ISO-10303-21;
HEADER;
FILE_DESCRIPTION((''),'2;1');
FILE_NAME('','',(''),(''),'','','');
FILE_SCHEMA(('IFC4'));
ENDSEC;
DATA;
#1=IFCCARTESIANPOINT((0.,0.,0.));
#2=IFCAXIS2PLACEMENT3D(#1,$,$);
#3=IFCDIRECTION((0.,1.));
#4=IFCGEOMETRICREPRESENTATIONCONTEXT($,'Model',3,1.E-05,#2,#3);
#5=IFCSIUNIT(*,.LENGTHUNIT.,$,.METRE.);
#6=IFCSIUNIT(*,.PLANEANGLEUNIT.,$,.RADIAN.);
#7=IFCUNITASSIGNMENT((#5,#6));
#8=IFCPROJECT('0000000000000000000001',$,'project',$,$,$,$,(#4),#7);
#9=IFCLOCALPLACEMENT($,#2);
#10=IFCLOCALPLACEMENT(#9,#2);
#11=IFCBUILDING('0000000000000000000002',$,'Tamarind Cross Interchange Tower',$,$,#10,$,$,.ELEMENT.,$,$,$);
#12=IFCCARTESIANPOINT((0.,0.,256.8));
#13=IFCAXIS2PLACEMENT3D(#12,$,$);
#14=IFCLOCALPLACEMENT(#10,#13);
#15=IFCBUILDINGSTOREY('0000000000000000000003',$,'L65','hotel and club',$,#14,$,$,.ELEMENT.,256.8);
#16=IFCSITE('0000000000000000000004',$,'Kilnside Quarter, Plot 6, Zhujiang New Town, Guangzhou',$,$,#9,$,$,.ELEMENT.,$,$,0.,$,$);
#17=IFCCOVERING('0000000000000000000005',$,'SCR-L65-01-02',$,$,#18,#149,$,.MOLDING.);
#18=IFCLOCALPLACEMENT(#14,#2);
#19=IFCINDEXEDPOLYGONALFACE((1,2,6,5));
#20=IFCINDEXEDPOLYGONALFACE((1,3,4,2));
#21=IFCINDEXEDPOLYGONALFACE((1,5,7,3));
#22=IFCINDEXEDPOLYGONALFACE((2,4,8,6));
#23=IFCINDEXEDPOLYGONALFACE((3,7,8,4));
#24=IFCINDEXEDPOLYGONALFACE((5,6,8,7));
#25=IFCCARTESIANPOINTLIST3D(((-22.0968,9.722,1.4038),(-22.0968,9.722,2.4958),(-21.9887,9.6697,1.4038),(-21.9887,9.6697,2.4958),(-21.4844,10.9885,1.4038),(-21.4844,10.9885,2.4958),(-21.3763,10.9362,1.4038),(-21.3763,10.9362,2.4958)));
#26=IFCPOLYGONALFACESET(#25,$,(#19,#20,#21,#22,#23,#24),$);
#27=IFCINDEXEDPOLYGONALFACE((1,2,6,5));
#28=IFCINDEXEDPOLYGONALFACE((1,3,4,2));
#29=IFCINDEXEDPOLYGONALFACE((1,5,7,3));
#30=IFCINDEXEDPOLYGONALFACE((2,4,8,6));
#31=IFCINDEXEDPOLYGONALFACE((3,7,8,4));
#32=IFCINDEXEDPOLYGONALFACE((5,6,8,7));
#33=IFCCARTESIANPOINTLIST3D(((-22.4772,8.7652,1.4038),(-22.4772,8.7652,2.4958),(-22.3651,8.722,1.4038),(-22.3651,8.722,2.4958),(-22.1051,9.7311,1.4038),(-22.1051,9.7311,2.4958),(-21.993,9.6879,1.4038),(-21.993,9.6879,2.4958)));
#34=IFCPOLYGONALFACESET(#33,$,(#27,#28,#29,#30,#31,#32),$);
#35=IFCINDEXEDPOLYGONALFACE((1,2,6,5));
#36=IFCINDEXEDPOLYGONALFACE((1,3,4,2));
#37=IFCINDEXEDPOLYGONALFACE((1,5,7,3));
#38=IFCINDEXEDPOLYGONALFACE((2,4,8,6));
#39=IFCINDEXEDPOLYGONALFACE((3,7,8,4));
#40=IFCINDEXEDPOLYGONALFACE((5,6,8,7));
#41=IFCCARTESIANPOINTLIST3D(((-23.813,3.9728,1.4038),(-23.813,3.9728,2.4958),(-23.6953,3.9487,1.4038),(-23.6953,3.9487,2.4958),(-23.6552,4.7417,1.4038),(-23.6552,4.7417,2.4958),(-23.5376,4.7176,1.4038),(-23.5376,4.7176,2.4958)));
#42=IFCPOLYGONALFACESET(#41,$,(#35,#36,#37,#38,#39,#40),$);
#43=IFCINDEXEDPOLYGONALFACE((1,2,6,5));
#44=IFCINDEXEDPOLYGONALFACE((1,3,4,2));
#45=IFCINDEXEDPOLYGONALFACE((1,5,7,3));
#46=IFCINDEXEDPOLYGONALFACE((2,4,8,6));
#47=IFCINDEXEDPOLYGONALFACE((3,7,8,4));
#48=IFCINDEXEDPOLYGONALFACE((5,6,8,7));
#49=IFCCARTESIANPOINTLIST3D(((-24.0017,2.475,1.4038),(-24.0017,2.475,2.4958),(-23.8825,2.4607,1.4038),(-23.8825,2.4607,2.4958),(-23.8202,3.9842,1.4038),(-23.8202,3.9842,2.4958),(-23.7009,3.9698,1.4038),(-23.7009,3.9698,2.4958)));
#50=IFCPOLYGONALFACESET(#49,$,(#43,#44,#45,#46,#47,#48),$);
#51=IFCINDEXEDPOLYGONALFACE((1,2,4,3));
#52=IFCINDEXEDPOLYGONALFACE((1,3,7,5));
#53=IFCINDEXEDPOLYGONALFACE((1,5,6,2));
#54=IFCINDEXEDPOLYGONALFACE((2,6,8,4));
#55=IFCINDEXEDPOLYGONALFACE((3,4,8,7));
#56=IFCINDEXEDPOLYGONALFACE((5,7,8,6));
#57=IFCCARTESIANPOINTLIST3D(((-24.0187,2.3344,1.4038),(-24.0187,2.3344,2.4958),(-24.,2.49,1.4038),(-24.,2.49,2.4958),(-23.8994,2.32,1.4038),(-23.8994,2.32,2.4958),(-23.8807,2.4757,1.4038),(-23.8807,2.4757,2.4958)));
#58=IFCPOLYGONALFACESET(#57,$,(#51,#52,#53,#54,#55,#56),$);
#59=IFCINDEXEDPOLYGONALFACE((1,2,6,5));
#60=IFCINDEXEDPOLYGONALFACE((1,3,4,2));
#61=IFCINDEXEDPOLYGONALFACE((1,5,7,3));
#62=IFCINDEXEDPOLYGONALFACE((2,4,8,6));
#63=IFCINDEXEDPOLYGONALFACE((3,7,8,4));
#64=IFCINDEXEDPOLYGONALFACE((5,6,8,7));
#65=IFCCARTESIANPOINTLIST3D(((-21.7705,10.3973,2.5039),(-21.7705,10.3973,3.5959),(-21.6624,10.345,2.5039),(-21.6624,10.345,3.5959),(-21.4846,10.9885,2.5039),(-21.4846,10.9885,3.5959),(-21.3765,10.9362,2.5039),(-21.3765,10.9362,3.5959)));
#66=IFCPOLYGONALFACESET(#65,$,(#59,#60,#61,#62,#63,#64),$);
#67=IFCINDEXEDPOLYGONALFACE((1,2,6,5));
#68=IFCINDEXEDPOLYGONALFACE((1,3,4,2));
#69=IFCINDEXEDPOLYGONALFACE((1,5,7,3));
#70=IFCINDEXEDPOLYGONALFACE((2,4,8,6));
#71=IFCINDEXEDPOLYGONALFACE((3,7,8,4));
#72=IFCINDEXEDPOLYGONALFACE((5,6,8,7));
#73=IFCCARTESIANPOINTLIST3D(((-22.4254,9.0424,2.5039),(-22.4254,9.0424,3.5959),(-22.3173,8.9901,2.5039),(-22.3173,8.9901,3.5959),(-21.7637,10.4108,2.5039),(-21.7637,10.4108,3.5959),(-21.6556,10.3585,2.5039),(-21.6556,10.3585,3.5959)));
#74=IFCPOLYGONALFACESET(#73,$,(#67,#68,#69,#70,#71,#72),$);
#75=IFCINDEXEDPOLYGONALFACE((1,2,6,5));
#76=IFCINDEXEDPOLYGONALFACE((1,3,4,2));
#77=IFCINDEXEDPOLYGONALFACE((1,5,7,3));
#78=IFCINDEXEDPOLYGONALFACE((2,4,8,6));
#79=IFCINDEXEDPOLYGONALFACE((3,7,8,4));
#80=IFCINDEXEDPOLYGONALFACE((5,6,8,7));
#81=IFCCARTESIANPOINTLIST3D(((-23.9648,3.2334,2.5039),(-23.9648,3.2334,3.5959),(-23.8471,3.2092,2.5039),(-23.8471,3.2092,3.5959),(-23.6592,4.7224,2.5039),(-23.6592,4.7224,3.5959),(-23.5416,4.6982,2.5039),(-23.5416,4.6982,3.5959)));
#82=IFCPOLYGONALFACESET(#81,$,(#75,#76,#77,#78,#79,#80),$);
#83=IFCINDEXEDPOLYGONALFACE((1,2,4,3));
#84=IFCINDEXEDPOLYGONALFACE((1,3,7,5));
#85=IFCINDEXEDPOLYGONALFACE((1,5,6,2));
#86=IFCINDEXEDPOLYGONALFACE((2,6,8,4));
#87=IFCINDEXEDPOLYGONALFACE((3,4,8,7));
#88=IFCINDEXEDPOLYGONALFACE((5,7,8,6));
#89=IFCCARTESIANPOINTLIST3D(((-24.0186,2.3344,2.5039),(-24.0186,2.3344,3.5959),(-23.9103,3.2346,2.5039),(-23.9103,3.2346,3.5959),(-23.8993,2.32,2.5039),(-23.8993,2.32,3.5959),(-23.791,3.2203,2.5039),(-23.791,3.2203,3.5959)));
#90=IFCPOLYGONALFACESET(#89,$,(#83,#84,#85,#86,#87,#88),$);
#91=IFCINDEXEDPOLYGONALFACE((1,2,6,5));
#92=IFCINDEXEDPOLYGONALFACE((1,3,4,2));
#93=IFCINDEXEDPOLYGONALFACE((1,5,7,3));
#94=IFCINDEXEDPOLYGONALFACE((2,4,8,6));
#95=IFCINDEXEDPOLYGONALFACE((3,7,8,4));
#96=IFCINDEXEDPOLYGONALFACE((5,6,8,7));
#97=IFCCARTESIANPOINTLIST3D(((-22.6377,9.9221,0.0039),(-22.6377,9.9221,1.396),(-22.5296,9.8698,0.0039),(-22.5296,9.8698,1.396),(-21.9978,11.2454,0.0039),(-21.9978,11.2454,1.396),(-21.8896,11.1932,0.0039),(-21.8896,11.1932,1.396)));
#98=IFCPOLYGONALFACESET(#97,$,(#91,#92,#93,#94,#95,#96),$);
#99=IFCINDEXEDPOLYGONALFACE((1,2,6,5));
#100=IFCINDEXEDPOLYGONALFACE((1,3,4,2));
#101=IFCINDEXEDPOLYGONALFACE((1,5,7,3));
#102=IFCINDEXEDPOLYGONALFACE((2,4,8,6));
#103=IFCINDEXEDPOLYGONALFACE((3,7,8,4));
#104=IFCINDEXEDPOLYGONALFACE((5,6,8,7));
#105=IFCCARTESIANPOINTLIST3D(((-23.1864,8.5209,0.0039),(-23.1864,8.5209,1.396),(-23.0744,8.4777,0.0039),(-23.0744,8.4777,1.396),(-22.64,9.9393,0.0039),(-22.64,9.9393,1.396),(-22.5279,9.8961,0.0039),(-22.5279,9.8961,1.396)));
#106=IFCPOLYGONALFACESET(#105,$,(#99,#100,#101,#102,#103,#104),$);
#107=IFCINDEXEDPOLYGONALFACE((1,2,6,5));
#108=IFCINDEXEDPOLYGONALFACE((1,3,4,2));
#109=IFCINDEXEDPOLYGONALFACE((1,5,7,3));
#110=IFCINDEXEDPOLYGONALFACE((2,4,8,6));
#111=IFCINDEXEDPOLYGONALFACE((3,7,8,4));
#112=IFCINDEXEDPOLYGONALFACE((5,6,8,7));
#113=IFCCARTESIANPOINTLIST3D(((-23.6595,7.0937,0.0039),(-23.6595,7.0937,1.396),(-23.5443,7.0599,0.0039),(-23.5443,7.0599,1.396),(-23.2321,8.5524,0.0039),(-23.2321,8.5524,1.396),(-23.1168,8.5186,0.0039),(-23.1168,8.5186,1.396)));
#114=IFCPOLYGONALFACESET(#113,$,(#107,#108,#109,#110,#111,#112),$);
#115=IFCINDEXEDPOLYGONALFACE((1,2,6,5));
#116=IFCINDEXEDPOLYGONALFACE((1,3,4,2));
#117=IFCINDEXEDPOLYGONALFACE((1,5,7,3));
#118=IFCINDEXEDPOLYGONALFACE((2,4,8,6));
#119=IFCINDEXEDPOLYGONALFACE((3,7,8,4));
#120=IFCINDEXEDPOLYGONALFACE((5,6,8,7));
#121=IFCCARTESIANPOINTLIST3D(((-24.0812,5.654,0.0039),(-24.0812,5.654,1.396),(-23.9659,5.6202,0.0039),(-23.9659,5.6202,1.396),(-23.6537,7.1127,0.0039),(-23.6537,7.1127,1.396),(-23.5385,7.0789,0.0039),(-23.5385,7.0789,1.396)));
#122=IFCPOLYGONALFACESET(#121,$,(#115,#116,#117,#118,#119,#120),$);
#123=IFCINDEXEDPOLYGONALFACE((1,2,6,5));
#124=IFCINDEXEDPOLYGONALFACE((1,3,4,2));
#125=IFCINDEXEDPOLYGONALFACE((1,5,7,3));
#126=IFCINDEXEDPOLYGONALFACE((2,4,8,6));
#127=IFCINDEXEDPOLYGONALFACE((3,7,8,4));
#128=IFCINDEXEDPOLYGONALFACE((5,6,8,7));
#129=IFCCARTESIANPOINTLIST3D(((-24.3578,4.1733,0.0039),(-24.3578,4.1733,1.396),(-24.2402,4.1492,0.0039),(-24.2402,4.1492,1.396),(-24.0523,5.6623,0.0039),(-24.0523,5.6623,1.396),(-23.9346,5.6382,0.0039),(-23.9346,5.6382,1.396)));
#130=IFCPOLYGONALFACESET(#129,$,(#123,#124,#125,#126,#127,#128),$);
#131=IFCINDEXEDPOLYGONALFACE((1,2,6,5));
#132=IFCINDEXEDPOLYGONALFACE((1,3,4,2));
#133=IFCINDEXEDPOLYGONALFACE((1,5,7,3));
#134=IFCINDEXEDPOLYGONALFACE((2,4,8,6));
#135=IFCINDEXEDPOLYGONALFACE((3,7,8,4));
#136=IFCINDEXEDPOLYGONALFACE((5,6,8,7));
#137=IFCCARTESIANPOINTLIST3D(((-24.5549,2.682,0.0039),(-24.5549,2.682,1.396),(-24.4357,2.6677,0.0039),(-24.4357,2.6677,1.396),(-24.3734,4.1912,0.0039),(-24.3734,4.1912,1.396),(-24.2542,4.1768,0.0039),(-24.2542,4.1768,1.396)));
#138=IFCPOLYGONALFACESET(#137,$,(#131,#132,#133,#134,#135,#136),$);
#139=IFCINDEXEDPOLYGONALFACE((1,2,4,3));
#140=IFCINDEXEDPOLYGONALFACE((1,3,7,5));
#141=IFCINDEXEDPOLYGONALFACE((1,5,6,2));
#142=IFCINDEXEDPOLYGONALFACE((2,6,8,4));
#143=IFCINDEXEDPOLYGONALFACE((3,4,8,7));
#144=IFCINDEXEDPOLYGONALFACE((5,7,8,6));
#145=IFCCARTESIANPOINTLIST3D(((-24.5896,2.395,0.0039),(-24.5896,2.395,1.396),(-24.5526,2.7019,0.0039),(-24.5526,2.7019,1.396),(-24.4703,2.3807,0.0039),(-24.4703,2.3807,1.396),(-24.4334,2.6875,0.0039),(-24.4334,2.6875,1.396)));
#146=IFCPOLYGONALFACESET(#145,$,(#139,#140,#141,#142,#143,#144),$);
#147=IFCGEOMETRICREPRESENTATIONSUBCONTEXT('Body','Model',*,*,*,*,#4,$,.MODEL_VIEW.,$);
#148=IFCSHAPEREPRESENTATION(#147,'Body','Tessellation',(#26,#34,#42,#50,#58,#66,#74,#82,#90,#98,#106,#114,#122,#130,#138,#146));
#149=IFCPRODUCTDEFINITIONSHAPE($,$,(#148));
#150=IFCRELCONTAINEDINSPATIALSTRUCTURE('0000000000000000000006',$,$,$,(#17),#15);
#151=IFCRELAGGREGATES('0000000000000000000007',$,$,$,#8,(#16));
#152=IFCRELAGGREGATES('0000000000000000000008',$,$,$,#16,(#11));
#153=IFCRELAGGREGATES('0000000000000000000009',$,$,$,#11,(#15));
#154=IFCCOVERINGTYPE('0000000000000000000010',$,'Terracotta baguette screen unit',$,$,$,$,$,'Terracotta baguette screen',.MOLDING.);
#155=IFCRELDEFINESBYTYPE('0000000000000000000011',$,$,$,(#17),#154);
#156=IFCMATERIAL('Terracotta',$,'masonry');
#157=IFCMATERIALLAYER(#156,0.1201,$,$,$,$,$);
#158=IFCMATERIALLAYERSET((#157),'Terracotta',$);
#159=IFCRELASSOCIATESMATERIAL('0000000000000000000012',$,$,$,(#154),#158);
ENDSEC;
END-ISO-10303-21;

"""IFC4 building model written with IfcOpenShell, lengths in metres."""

from ifc_helpers import new_model, si_unit, direction, frame, origin, origin_2d, place, context, subcontext, project, spatial, rectangle, extrude, material, layer, layer_set, type_object, element, save


model = new_model("IFC4")

# Units and contexts
model_context = context("Model", 3, precision=1e-05, world=origin(), true_north=direction((0.0, 1.0)))
body_context = subcontext(model_context, "Body", "Model", "MODEL_VIEW")
ifc_project = project(units=[si_unit("LENGTHUNIT", "METRE"), si_unit("PLANEANGLEUNIT", "RADIAN")], contexts=[model_context])

# Site, building, storey
site_placement = place(None, origin())
site = spatial("IfcSite", under=ifc_project, at=site_placement, Name="Kilnside Quarter, Plot 6, Zhujiang New Town, Guangzhou", CompositionType="ELEMENT", RefElevation=0.0)
building_placement = place(site_placement, origin())
building = spatial("IfcBuilding", under=site, at=building_placement, Name="Tamarind Cross Interchange Tower", CompositionType="ELEMENT")
storey_placement = place(building_placement, frame((0.0, 0.0, 256.8)))
storey = spatial("IfcBuildingStorey", under=building, at=storey_placement, Name="L65", Description="hotel and club", CompositionType="ELEMENT", Elevation=256.8)

# Covering
ifc_material_1 = material(Name="Terracotta", Category="masonry")
ifc_layer_1 = layer(ifc_material_1, 0.1201)
ifc_layer_set_1 = layer_set([ifc_layer_1], Name="Terracotta")
covering_type = type_object("IfcCoveringType", Name="Terracotta baguette screen unit", ElementType="Terracotta baguette screen", PredefinedType="MOLDING", material=ifc_layer_set_1)
covering_1_placement = place(storey_placement, origin())
element("IfcCovering", 1, at=covering_1_placement, inside=storey, type_object=covering_type, Name="SCR-L65-01-02", PredefinedType="MOLDING", context=body_context, shape_type="SweptSolid", body=[
    extrude(rectangle(XDim=1.4067, YDim=0.1201, at=origin_2d()), frame((-21.7366, 10.3291, 1.4038), z_axis=(0.0, 0.0, 1.0), x_axis=(-0.435326, -0.900273, 0.0)), (0.0, 0.0, 1.0), 1.092),
    extrude(rectangle(XDim=1.0352, YDim=0.1201, at=origin_2d()), frame((-22.2351, 9.2266, 1.4038), z_axis=(0.0, 0.0, 1.0), x_axis=(-0.359495, -0.933147, 0.0)), (0.0, 0.0, 1.0), 1.092),
    extrude(rectangle(XDim=0.7849, YDim=0.1201, at=origin_2d()), frame((-23.6753, 4.3452, 1.4038), z_axis=(0.0, 0.0, 1.0), x_axis=(-0.201001, -0.979591, 0.0)), (0.0, 0.0, 1.0), 1.092),
    extrude(rectangle(XDim=1.52, YDim=0.1201, at=origin_2d()), frame((-23.8513, 3.2224, 1.4038), z_axis=(0.0, 0.0, 1.0), x_axis=(-0.119421, -0.992844, 0.0)), (0.0, 0.0, 1.0), 1.092),
    extrude(rectangle(XDim=0.1567, YDim=0.1201, at=origin_2d()), frame((-23.9497, 2.405, 1.4038), z_axis=(0.0, 0.0, 1.0), x_axis=(-0.119421, -0.992844, 0.0)), (0.0, 0.0, 1.0), 1.092),
    extrude(rectangle(XDim=0.6567, YDim=0.1201, at=origin_2d()), frame((-21.5735, 10.6667, 2.5039), z_axis=(0.0, 0.0, 1.0), x_axis=(-0.435326, -0.900273, 0.0)), (0.0, 0.0, 1.0), 1.092),
    extrude(rectangle(XDim=1.52, YDim=0.1201, at=origin_2d()), frame((-22.0405, 9.7004, 2.5039), z_axis=(0.0, 0.0, 1.0), x_axis=(-0.435326, -0.900273, 0.0)), (0.0, 0.0, 1.0), 1.092),
    extrude(rectangle(XDim=1.52, YDim=0.1201, at=origin_2d()), frame((-23.7532, 3.9658, 2.5039), z_axis=(0.0, 0.0, 1.0), x_axis=(-0.201001, -0.979591, 0.0)), (0.0, 0.0, 1.0), 1.092),
    extrude(rectangle(XDim=0.9067, YDim=0.1201, at=origin_2d()), frame((-23.9048, 2.7773, 2.5039), z_axis=(0.0, 0.0, 1.0), x_axis=(-0.119421, -0.992844, 0.0)), (0.0, 0.0, 1.0), 1.092),
    extrude(rectangle(XDim=1.47, YDim=0.1201, at=origin_2d()), frame((-22.2637, 10.5576, 0.0039), z_axis=(0.0, 0.0, 1.0), x_axis=(-0.435326, -0.900273, 0.0)), (0.0, 0.0, 1.0), 1.3921),
    extrude(rectangle(XDim=1.52, YDim=0.1201, at=origin_2d()), frame((-22.8572, 9.2085, 0.0039), z_axis=(0.0, 0.0, 1.0), x_axis=(-0.359495, -0.933147, 0.0)), (0.0, 0.0, 1.0), 1.3921),
    extrude(rectangle(XDim=1.52, YDim=0.1201, at=origin_2d()), frame((-23.3882, 7.8062, 0.0039), z_axis=(0.0, 0.0, 1.0), x_axis=(-0.281209, -0.959647, 0.0)), (0.0, 0.0, 1.0), 1.3921),
    extrude(rectangle(XDim=1.52, YDim=0.1201, at=origin_2d()), frame((-23.8098, 6.3665, 0.0039), z_axis=(0.0, 0.0, 1.0), x_axis=(-0.281209, -0.959647, 0.0)), (0.0, 0.0, 1.0), 1.3921),
    extrude(rectangle(XDim=1.52, YDim=0.1201, at=origin_2d()), frame((-24.1462, 4.9058, 0.0039), z_axis=(0.0, 0.0, 1.0), x_axis=(-0.201001, -0.979591, 0.0)), (0.0, 0.0, 1.0), 1.3921),
    extrude(rectangle(XDim=1.52, YDim=0.1201, at=origin_2d()), frame((-24.4045, 3.4294, 0.0039), z_axis=(0.0, 0.0, 1.0), x_axis=(-0.119421, -0.992844, 0.0)), (0.0, 0.0, 1.0), 1.3921),
    extrude(rectangle(XDim=0.3091, YDim=0.1201, at=origin_2d()), frame((-24.5115, 2.5413, 0.0039), z_axis=(0.0, 0.0, 1.0), x_axis=(-0.119421, -0.992844, 0.0)), (0.0, 0.0, 1.0), 1.3921),
])

save(model, "model.ifc")
